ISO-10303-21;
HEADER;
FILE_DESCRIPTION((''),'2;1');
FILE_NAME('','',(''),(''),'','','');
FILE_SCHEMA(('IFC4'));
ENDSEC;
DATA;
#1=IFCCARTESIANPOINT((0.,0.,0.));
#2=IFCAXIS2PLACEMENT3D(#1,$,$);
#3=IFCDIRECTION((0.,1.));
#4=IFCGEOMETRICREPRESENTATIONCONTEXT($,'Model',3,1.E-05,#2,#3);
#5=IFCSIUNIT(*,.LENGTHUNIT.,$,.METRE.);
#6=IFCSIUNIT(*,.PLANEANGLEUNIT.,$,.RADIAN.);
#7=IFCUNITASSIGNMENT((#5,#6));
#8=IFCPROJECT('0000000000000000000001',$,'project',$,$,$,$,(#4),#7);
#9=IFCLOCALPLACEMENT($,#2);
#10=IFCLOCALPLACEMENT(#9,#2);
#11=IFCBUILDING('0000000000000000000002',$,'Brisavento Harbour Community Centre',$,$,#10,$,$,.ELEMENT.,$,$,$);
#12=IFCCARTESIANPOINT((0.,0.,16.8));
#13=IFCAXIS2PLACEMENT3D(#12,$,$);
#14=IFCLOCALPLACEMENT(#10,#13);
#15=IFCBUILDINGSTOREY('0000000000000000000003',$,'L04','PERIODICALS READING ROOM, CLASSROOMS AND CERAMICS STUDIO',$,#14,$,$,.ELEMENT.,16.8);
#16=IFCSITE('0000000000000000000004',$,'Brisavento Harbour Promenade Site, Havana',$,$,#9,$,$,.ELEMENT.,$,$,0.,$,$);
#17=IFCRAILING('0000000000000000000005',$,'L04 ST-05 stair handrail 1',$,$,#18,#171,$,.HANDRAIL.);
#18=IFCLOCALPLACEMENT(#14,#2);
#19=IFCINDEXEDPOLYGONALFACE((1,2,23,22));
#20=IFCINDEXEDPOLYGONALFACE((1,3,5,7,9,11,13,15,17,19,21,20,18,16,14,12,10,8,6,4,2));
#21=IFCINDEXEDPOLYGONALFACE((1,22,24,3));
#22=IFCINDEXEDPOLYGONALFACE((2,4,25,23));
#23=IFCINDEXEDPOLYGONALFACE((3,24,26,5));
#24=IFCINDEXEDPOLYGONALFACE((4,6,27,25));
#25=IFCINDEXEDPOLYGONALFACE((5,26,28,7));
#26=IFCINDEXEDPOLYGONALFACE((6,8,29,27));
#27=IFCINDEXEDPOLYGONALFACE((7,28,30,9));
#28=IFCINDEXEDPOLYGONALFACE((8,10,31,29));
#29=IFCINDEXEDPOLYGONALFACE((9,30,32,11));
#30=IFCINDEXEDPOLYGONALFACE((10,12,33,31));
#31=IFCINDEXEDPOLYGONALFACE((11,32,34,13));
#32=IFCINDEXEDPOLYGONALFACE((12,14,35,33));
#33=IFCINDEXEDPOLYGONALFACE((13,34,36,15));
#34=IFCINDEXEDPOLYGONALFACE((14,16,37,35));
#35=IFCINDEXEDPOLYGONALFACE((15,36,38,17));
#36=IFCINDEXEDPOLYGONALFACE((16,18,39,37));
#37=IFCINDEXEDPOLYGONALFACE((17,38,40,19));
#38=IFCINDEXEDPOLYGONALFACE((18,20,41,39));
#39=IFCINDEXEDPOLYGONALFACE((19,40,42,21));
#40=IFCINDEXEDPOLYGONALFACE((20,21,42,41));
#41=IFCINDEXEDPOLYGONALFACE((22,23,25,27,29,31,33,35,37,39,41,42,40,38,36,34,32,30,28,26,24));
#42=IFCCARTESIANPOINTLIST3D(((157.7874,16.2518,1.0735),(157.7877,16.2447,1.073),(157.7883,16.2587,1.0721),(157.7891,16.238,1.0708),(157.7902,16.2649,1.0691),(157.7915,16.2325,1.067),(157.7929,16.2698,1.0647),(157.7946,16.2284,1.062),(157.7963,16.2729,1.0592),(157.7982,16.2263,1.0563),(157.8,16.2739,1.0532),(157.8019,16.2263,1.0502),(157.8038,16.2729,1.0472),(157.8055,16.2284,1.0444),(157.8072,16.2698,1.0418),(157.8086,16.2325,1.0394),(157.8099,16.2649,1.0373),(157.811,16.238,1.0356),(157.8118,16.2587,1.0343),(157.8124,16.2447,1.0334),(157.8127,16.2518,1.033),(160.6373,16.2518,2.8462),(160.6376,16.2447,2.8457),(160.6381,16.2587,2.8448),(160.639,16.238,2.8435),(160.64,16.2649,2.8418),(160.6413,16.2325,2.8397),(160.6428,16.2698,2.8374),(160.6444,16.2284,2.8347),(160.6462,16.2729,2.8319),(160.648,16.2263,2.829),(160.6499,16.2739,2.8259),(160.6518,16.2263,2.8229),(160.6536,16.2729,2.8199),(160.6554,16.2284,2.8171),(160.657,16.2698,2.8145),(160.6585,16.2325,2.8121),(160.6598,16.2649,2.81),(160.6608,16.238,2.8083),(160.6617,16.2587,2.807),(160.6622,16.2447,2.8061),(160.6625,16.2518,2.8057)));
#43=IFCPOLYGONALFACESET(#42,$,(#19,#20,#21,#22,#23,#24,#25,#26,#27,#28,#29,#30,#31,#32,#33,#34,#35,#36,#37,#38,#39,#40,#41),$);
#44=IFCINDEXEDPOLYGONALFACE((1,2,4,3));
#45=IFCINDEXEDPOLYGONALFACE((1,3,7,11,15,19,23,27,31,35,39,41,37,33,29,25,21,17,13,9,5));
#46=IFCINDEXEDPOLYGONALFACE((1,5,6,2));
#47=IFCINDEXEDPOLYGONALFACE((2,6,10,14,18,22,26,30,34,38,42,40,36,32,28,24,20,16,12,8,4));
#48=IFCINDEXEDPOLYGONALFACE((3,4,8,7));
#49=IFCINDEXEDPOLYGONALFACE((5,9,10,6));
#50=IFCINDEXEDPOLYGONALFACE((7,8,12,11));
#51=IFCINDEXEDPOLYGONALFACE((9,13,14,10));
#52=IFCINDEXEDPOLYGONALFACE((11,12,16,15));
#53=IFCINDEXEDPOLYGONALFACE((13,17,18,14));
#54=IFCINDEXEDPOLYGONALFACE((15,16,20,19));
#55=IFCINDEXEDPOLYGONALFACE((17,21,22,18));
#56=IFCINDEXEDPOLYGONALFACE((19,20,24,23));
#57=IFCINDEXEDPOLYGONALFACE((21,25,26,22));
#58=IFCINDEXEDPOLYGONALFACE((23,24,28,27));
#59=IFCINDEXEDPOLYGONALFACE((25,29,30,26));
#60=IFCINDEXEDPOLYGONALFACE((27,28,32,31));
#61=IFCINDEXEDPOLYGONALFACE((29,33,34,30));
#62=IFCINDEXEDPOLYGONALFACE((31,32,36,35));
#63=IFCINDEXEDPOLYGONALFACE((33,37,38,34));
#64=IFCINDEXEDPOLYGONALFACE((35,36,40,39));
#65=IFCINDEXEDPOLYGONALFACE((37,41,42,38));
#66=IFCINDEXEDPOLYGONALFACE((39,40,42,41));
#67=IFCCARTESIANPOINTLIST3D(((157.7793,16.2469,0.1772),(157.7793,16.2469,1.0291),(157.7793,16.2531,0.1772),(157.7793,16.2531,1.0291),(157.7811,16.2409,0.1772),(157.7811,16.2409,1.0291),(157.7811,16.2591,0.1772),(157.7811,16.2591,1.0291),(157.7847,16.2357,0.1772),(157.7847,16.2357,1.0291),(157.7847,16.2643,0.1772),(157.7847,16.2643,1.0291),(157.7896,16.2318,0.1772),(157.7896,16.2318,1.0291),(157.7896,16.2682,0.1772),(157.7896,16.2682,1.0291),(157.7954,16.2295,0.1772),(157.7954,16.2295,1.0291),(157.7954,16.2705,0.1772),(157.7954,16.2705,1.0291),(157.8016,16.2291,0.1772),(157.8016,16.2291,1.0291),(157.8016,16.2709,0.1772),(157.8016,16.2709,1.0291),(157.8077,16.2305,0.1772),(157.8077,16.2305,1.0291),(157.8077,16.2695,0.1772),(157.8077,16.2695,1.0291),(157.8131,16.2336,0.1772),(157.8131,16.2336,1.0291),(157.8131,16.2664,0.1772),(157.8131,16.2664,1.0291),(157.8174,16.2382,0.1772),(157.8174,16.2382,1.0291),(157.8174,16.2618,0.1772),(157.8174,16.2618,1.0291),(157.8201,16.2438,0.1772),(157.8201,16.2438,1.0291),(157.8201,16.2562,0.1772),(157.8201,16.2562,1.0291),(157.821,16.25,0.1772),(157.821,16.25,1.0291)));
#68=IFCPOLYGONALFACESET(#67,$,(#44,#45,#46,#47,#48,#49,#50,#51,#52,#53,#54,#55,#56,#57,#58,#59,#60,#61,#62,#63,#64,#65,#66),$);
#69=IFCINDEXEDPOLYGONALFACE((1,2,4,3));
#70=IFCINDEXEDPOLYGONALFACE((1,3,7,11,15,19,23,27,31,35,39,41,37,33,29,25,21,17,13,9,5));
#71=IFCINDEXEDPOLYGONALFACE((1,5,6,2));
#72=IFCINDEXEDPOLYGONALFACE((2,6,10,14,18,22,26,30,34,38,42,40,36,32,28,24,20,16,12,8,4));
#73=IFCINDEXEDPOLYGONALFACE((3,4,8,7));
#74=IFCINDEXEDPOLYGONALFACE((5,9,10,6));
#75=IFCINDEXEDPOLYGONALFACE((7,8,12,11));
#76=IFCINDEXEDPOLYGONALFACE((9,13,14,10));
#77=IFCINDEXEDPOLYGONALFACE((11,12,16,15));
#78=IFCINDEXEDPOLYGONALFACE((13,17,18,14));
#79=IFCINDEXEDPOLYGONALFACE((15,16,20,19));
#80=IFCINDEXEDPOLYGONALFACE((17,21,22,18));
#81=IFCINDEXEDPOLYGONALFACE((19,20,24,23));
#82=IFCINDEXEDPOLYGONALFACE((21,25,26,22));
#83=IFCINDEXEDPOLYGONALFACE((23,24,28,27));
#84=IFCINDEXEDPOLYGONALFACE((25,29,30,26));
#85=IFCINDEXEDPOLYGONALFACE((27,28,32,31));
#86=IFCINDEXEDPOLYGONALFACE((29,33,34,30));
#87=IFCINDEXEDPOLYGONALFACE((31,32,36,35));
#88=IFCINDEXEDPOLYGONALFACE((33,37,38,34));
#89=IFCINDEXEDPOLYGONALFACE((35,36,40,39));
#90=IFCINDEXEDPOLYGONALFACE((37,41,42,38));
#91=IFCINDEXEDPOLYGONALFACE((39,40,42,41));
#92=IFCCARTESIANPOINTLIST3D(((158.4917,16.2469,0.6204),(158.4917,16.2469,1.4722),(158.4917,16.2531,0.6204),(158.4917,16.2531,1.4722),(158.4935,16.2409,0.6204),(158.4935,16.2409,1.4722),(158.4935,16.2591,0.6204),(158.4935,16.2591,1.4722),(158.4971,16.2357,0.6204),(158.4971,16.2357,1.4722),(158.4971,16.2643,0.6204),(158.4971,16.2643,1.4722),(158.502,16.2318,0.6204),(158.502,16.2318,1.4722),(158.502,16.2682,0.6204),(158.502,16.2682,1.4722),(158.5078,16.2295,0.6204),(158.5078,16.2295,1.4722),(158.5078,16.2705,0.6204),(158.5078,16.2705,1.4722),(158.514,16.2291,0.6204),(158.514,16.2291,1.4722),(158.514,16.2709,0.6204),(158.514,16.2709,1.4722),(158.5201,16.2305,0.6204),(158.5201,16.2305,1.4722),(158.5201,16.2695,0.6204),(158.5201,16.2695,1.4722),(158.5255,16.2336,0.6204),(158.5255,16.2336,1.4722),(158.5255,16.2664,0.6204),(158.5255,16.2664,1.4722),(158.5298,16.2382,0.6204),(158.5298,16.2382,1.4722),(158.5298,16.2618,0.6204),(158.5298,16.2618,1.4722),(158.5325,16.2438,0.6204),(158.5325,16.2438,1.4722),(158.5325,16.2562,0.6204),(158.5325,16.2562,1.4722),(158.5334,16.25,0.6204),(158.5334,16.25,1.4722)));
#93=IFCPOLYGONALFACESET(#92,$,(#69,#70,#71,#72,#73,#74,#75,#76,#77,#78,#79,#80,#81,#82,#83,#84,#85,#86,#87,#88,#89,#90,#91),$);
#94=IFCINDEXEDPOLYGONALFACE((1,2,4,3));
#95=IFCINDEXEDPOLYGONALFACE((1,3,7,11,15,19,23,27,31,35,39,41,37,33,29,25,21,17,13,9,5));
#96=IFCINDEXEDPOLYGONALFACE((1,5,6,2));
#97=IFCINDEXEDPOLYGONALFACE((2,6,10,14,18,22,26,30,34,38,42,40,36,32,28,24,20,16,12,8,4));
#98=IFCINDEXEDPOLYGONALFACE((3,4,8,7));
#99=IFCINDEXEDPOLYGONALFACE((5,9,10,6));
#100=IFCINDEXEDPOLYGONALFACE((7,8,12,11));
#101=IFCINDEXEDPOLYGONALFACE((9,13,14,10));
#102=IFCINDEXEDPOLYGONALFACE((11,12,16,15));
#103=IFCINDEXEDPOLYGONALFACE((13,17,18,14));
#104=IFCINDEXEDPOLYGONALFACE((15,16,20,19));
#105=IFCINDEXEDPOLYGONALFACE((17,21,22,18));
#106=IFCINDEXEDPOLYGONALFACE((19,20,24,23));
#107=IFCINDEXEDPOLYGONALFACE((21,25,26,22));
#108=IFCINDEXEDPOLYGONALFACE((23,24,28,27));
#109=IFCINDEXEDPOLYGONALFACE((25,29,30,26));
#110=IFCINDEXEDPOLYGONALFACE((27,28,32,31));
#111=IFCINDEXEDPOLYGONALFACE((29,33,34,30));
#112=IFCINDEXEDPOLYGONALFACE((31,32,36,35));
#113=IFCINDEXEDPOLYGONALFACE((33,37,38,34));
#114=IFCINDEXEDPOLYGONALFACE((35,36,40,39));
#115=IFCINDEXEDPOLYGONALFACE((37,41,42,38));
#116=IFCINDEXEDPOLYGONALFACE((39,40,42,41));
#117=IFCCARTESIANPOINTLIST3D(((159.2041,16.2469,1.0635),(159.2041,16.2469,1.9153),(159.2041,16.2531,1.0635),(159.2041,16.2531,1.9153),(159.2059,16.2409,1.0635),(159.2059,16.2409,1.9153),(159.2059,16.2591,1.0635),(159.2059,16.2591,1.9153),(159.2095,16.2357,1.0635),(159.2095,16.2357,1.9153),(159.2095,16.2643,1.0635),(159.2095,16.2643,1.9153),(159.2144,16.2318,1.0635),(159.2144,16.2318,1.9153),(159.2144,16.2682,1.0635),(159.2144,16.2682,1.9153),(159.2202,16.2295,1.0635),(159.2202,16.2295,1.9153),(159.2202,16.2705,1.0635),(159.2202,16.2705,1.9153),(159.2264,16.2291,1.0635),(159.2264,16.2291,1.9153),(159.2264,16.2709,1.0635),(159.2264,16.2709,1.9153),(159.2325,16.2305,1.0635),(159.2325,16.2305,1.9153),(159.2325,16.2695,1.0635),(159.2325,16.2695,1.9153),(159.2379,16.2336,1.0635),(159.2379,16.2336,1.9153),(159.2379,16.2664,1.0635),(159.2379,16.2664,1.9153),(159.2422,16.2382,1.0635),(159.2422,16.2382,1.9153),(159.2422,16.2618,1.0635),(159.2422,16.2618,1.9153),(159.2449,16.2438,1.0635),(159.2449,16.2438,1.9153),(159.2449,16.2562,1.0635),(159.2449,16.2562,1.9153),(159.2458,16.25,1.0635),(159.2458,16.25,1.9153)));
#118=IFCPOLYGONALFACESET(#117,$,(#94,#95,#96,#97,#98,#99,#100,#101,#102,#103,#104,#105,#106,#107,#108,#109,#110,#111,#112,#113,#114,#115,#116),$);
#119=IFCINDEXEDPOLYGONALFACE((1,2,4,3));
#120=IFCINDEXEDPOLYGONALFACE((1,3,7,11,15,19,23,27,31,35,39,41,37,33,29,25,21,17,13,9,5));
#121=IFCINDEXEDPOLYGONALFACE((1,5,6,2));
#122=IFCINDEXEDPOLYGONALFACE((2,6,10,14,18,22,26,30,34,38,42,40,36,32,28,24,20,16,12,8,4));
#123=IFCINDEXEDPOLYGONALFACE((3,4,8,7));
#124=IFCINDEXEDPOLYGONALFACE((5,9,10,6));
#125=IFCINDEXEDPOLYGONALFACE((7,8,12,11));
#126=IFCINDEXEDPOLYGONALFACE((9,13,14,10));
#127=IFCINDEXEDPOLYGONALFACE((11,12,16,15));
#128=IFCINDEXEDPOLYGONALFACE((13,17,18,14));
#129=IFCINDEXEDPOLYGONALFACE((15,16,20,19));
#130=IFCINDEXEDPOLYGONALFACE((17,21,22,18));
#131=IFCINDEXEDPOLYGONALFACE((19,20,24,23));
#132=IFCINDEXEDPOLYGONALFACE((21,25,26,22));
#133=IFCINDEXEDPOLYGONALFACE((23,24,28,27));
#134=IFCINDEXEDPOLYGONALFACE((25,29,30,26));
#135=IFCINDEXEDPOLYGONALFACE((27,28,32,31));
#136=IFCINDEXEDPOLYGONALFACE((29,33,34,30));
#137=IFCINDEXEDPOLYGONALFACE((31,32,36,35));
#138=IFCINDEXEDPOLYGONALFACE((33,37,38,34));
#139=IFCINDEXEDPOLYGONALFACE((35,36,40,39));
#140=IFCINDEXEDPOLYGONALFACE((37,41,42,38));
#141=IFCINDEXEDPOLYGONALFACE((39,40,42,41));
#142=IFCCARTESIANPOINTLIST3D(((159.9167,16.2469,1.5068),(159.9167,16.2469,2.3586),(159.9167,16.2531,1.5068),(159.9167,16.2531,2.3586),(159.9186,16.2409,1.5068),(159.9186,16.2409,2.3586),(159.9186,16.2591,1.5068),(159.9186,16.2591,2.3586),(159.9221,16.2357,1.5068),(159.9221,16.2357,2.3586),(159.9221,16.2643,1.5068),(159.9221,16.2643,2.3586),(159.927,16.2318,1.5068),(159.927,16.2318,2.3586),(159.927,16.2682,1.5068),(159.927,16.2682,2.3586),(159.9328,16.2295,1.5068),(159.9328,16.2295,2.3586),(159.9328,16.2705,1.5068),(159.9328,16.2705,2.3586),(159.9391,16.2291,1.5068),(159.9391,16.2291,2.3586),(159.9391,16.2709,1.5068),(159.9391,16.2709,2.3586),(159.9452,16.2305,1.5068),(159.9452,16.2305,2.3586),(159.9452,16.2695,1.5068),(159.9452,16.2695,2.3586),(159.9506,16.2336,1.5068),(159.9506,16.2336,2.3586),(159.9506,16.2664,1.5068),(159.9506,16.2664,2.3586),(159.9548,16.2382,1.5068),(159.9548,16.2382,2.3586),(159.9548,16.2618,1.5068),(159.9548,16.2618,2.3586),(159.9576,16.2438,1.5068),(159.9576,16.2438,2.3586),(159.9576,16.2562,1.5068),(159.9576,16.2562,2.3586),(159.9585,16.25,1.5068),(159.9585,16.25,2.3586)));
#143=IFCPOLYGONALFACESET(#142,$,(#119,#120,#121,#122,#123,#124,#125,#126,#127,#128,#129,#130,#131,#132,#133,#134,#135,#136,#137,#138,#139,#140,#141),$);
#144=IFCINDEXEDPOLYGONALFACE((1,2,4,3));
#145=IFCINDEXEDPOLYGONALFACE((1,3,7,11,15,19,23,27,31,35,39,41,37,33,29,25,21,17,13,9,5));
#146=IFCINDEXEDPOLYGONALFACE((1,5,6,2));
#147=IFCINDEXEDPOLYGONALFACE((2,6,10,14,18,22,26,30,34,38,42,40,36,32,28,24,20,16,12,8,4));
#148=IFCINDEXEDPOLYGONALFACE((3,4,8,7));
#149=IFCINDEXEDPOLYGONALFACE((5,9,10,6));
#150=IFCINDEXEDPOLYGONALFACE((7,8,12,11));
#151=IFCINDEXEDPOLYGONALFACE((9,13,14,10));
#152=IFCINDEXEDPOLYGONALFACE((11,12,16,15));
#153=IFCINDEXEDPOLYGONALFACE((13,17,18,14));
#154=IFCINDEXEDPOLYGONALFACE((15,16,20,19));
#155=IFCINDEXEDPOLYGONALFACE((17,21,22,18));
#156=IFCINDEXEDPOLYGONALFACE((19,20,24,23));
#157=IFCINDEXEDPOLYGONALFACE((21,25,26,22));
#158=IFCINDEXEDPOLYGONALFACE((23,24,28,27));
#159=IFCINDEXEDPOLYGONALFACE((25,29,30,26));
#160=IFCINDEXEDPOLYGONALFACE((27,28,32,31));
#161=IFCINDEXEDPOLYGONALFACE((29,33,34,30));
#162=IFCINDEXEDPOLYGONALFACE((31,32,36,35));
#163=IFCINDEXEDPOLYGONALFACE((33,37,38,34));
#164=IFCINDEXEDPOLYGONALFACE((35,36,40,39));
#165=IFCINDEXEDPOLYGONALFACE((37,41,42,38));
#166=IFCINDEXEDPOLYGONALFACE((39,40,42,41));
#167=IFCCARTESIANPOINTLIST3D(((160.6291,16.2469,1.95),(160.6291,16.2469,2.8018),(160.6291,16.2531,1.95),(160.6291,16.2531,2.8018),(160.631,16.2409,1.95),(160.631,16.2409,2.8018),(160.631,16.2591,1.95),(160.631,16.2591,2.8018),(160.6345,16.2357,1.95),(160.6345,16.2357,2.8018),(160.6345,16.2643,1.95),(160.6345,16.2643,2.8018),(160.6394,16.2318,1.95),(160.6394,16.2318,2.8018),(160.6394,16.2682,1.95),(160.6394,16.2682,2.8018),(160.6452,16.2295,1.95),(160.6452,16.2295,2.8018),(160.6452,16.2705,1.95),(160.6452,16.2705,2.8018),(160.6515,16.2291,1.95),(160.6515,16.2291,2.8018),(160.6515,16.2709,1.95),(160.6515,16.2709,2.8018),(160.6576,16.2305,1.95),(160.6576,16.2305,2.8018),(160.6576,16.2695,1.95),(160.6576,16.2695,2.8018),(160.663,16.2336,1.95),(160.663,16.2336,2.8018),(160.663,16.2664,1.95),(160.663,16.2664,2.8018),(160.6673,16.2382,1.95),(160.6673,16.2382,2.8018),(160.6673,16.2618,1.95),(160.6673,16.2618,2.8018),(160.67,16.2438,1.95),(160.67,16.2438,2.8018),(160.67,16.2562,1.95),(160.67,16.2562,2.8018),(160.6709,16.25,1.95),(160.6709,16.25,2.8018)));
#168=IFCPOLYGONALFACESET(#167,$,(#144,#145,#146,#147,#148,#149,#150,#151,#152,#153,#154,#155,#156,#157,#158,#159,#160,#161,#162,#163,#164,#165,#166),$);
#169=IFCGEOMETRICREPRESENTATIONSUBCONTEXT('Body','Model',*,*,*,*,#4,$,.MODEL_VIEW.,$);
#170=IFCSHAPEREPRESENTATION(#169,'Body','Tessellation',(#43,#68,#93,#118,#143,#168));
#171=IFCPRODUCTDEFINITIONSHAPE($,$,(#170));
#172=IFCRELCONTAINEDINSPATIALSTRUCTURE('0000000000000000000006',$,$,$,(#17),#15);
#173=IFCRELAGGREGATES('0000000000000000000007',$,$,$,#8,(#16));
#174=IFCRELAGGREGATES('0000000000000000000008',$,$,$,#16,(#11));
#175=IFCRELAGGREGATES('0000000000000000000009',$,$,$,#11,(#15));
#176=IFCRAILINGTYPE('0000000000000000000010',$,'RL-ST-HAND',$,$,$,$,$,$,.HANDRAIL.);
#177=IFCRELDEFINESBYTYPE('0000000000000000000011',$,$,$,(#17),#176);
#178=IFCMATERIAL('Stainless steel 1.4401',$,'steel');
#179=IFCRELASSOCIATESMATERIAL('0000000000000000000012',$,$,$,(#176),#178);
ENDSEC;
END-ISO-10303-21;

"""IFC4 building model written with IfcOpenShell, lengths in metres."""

from ifc_helpers import new_model, si_unit, direction, frame, origin, origin_2d, place, context, subcontext, project, spatial, circle, extrude, material, type_object, element, save


model = new_model("IFC4")

# Units and contexts
model_context = context("Model", 3, precision=1e-05, world=origin(), true_north=direction((0.0, 1.0)))
body_context = subcontext(model_context, "Body", "Model", "MODEL_VIEW")
ifc_project = project(units=[si_unit("LENGTHUNIT", "METRE"), si_unit("PLANEANGLEUNIT", "RADIAN")], contexts=[model_context])

# Site, building, storey
site_placement = place(None, origin())
site = spatial("IfcSite", under=ifc_project, at=site_placement, Name="Brisavento Harbour Promenade Site, Havana", CompositionType="ELEMENT", RefElevation=0.0)
building_placement = place(site_placement, origin())
building = spatial("IfcBuilding", under=site, at=building_placement, Name="Brisavento Harbour Community Centre", CompositionType="ELEMENT")
storey_placement = place(building_placement, frame((0.0, 0.0, 16.8)))
storey = spatial("IfcBuildingStorey", under=building, at=storey_placement, Name="L04", Description="PERIODICALS READING ROOM, CLASSROOMS AND CERAMICS STUDIO", CompositionType="ELEMENT", Elevation=16.8)

# Railing
ifc_material_1 = material(Name="Stainless steel 1.4401", Category="steel")
railing_type_1 = type_object("IfcRailingType", Name="RL-ST-HAND", PredefinedType="HANDRAIL", material=ifc_material_1)
railing_1_placement = place(storey_placement, frame((157.8, 16.25, 0.1772)))
element("IfcRailing", 1, at=railing_1_placement, inside=storey, type_object=railing_type_1, Name="L04 ST-05 stair handrail 1", PredefinedType="HANDRAIL", context=body_context, shape_type="SweptSolid", body=[
    extrude(circle(Radius=0.0239, at=origin_2d()), frame((0.0, 0.0, 0.876), z_axis=(0.849128, 0.0, 0.528187), x_axis=(0.0, 1.0, 0.0)), (0.0, 0.0, 1.0), 3.3562),
    extrude(circle(Radius=0.021, at=origin_2d()), origin(), (0.0, 0.0, 1.0), 0.8518),
    extrude(circle(Radius=0.021, at=origin_2d()), frame((0.7124, 0.0, 0.4431)), (0.0, 0.0, 1.0), 0.8518),
    extrude(circle(Radius=0.021, at=origin_2d()), frame((1.4248, 0.0, 0.8862)), (0.0, 0.0, 1.0), 0.8518),
    extrude(circle(Radius=0.021, at=origin_2d()), frame((2.1375, 0.0, 1.3296)), (0.0, 0.0, 1.0), 0.8518),
    extrude(circle(Radius=0.021, at=origin_2d()), frame((2.8499, 0.0, 1.7727)), (0.0, 0.0, 1.0), 0.8518),
])

save(model, "model.ifc")
